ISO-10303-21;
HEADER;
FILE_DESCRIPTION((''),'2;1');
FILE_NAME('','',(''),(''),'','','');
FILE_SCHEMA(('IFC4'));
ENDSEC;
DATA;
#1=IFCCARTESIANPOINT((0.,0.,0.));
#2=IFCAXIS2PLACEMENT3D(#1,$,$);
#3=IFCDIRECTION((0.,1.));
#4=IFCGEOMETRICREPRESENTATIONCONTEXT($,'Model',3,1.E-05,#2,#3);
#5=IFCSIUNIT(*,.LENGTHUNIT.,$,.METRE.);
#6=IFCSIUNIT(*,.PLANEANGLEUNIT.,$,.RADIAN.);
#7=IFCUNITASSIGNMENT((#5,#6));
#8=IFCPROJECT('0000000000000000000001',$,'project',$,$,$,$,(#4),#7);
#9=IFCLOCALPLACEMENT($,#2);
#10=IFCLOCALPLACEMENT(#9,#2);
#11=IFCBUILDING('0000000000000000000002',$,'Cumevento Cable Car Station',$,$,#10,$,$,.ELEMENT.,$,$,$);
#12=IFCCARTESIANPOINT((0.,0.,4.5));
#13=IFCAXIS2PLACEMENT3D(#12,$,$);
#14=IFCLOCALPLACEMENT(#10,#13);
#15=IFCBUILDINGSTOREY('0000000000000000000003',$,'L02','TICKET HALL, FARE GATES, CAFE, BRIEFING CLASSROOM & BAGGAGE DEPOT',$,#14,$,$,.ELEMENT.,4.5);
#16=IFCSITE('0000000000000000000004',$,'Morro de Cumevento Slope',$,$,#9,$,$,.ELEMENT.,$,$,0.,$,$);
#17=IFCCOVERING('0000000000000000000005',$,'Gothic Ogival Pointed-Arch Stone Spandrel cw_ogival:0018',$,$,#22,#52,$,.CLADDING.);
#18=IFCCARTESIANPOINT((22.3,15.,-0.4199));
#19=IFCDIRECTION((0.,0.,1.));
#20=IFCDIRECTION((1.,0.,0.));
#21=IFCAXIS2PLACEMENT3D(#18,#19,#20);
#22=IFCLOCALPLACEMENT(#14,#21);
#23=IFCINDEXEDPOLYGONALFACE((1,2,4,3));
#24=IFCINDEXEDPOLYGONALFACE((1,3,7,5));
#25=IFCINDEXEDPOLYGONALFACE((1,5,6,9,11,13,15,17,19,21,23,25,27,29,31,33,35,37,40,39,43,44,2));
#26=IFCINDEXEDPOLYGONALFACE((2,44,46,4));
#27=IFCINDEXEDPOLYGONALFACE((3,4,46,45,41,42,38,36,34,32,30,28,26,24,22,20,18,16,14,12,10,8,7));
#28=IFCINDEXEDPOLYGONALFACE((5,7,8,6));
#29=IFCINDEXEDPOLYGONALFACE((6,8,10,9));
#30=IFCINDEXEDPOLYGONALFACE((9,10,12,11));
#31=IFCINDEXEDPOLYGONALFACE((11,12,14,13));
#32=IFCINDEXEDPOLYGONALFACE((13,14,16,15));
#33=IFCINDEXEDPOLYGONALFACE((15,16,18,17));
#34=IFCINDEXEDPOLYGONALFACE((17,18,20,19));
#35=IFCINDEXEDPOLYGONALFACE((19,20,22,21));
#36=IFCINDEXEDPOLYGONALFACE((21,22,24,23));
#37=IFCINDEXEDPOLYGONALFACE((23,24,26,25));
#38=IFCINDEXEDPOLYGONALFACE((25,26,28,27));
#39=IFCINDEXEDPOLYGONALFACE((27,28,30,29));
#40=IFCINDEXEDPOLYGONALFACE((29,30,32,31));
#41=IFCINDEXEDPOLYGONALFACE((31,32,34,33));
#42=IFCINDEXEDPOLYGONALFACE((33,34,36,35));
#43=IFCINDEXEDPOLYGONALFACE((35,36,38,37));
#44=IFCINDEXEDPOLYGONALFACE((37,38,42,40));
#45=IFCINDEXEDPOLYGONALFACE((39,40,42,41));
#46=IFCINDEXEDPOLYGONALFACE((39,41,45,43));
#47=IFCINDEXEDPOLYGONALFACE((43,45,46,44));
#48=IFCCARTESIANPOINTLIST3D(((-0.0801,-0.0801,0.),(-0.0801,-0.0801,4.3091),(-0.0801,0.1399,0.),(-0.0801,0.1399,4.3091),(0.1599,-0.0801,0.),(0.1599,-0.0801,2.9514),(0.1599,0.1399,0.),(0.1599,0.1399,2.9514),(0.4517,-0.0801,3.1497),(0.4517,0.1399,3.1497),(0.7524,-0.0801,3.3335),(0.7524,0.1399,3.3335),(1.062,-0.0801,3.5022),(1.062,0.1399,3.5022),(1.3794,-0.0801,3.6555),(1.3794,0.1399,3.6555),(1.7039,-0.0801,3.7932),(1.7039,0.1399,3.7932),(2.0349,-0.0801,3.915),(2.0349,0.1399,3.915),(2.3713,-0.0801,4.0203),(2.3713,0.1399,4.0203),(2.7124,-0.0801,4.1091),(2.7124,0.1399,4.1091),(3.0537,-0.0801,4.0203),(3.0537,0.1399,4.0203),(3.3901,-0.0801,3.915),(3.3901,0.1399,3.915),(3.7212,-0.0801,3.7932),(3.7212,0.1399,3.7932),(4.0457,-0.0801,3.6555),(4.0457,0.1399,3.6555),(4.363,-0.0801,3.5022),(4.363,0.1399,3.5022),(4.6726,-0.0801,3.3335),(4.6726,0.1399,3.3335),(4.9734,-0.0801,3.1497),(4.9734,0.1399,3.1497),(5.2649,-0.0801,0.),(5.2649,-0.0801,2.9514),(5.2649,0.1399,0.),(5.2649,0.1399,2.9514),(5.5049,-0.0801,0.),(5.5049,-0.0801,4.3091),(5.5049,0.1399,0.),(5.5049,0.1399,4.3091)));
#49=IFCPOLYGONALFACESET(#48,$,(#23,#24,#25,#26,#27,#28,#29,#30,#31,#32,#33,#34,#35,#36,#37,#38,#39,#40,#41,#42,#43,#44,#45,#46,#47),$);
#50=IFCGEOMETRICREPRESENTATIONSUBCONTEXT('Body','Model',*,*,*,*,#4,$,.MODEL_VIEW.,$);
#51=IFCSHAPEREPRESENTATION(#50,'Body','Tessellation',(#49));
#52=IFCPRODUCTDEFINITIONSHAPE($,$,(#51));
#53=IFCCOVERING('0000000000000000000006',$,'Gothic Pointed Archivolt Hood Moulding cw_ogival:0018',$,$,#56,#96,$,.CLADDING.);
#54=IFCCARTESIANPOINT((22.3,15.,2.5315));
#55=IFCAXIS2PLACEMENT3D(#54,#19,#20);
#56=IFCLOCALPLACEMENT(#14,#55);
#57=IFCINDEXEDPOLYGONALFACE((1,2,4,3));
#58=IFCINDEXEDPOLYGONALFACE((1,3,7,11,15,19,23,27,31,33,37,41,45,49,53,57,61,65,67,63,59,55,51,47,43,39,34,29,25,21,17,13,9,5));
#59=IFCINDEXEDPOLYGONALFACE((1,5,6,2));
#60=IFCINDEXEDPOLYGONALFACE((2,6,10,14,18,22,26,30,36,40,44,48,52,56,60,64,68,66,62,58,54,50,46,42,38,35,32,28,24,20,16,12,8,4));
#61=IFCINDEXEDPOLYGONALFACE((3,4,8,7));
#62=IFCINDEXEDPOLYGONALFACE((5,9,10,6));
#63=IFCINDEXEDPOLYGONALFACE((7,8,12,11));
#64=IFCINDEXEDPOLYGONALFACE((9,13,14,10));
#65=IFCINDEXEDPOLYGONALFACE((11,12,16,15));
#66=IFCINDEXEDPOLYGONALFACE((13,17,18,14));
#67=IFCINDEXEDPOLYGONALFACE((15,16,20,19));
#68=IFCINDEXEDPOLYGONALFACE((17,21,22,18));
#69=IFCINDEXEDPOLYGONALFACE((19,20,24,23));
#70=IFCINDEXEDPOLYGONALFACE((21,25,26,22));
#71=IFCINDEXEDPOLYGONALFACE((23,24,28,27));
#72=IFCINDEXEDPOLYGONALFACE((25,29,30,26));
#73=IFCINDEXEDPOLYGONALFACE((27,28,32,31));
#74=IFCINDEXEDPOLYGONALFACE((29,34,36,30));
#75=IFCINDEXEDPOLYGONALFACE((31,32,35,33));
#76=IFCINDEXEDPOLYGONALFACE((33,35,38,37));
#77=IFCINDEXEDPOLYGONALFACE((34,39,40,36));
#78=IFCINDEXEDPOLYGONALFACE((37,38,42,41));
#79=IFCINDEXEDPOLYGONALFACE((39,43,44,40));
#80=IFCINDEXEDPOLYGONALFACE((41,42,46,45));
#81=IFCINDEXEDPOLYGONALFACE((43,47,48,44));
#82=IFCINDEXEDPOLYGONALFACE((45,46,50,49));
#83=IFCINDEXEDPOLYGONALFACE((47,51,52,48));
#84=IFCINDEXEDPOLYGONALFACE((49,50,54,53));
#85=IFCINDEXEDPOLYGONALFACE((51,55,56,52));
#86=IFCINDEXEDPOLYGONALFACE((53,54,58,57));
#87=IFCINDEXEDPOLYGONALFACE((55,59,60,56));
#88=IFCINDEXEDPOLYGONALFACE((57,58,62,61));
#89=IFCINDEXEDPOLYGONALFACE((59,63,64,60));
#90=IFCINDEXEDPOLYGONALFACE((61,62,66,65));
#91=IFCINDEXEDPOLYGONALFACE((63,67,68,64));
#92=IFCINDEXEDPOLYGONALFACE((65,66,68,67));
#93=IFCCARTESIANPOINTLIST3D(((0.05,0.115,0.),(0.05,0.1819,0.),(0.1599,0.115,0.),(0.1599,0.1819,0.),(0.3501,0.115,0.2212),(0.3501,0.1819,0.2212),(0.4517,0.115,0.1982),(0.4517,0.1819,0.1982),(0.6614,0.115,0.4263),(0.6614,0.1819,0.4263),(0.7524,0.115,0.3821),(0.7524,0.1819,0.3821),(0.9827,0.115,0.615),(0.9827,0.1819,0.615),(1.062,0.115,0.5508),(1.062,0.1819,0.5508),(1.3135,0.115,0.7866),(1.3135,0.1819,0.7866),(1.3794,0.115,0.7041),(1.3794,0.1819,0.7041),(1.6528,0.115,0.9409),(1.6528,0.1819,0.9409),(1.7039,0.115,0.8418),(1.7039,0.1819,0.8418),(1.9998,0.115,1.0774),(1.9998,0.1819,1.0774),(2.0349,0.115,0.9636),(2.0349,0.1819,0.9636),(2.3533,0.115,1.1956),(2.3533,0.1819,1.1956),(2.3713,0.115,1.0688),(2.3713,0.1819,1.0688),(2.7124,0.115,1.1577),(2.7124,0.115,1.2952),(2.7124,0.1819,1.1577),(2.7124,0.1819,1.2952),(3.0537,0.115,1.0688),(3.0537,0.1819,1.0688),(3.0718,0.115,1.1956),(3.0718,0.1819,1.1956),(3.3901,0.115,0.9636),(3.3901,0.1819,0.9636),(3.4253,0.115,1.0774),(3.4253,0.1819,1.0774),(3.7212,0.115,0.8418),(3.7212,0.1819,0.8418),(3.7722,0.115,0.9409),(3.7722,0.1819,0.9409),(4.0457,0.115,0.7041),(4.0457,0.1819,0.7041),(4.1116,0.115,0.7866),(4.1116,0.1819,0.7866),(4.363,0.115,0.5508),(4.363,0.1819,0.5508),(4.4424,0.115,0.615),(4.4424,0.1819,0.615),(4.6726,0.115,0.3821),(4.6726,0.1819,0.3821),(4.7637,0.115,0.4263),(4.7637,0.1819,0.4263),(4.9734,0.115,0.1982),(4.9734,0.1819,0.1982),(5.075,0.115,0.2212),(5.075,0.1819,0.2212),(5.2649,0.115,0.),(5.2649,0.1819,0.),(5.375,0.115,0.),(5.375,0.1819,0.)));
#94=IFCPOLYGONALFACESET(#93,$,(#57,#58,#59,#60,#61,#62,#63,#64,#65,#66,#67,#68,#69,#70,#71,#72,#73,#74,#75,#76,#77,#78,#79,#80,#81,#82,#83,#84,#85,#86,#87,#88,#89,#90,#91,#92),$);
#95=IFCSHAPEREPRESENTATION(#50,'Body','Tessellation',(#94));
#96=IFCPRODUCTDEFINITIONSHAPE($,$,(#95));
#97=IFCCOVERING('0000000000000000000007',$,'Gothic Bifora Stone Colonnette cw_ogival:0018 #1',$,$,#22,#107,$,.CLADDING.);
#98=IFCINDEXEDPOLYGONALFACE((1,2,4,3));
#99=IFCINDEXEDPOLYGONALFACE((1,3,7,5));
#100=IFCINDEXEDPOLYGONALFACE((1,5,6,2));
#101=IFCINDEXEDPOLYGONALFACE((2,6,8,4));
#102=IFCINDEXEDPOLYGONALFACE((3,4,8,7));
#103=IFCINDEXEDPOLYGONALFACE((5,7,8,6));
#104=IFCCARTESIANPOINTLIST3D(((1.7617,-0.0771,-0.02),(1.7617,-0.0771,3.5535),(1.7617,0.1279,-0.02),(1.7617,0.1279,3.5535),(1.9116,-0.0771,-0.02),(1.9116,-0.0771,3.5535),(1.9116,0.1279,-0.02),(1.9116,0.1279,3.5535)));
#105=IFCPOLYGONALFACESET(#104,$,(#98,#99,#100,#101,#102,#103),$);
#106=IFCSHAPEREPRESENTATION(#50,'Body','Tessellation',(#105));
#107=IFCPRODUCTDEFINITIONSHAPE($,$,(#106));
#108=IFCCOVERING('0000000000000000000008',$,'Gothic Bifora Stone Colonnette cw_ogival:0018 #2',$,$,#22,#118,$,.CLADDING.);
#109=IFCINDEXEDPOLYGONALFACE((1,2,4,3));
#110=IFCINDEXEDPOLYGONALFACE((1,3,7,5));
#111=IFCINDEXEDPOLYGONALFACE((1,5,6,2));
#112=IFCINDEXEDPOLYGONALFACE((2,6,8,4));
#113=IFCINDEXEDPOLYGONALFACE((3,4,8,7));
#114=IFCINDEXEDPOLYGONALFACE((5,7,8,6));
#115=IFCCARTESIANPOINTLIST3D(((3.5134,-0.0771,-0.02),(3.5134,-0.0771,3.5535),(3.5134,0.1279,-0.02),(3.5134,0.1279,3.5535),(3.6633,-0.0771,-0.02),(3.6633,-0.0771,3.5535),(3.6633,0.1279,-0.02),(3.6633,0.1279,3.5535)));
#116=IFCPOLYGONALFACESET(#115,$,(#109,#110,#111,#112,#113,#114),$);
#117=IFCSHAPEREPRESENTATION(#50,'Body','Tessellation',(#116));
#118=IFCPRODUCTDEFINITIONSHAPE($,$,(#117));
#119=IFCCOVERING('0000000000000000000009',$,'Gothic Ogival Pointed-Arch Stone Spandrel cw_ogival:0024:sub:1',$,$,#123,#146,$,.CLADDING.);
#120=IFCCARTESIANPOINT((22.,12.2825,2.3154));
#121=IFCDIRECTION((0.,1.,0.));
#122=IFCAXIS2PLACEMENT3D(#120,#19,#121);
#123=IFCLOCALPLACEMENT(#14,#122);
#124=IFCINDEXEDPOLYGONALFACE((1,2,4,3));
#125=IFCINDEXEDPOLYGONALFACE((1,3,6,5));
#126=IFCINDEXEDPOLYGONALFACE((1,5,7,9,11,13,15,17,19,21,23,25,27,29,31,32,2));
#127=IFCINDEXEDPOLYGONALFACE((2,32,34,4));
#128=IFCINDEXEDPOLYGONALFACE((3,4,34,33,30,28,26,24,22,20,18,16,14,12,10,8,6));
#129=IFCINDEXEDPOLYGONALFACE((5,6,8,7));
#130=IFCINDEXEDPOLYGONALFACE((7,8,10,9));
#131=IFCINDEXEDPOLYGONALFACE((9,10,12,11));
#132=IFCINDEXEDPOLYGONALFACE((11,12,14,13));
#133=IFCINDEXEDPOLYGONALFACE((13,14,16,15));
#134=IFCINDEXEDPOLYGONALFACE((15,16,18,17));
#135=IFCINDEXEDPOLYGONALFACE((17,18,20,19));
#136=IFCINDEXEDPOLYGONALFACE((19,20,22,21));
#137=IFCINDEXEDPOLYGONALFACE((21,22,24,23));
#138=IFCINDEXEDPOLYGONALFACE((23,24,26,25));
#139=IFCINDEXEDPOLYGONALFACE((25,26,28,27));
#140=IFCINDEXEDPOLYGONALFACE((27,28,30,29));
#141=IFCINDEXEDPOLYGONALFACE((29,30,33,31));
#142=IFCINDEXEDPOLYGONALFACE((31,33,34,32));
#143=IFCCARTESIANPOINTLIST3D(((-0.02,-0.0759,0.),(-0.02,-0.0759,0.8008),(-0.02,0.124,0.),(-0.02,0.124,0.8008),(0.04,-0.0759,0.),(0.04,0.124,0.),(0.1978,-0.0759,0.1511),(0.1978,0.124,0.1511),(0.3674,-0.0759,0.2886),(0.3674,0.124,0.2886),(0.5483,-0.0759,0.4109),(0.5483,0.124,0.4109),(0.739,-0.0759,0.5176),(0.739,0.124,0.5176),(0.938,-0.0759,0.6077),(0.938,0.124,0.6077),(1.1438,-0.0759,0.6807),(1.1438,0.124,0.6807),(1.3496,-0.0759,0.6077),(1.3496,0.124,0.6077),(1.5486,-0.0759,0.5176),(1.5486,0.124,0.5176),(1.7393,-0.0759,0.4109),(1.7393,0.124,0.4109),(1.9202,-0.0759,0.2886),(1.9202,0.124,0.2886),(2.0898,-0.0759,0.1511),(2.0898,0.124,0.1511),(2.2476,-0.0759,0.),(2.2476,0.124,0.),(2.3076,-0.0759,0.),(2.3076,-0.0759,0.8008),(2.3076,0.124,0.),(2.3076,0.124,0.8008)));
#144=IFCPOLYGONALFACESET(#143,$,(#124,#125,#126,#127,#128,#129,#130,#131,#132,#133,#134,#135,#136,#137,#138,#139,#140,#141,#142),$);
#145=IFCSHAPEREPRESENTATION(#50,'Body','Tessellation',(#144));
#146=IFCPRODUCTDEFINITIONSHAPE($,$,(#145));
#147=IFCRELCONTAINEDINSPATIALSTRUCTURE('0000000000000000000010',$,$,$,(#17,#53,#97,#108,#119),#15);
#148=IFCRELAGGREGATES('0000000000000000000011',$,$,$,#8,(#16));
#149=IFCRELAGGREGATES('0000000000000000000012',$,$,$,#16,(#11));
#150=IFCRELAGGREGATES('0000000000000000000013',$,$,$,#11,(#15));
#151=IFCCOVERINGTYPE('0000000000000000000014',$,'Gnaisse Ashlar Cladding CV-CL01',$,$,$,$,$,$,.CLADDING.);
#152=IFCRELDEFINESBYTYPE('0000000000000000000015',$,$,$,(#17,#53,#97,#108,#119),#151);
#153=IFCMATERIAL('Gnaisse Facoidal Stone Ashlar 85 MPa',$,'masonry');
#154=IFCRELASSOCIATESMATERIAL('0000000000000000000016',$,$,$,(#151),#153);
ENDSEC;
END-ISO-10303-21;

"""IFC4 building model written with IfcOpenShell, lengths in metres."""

from ifc_helpers import new_model, si_unit, direction, frame, origin, place, context, subcontext, project, spatial, polyline, outline, extrude, material, type_object, element, save


model = new_model("IFC4")

# Units and contexts
model_context = context("Model", 3, precision=1e-05, world=origin(), true_north=direction((0.0, 1.0)))
body_context = subcontext(model_context, "Body", "Model", "MODEL_VIEW")
ifc_project = project(units=[si_unit("LENGTHUNIT", "METRE"), si_unit("PLANEANGLEUNIT", "RADIAN")], contexts=[model_context])

# Site, building, storey
site_placement = place(None, origin())
site = spatial("IfcSite", under=ifc_project, at=site_placement, Name="Morro de Cumevento Slope", CompositionType="ELEMENT", RefElevation=0.0)
building_placement = place(site_placement, origin())
building = spatial("IfcBuilding", under=site, at=building_placement, Name="Cumevento Cable Car Station", CompositionType="ELEMENT")
storey_placement = place(building_placement, frame((0.0, 0.0, 4.5)))
storey = spatial("IfcBuildingStorey", under=building, at=storey_placement, Name="L02", Description="TICKET HALL, FARE GATES, CAFE, BRIEFING CLASSROOM & BAGGAGE DEPOT", CompositionType="ELEMENT", Elevation=4.5)

# Coverings
ifc_material_1 = material(Name="Gnaisse Facoidal Stone Ashlar 85 MPa", Category="masonry")
covering_type = type_object("IfcCoveringType", Name="Gnaisse Ashlar Cladding CV-CL01", PredefinedType="CLADDING", material=ifc_material_1)
placement = place(storey_placement, frame((22.3, 15.0, -0.4199), z_axis=(0.0, 0.0, 1.0), x_axis=(1.0, 0.0, 0.0)))
element("IfcCovering", 1, at=placement, inside=storey, type_object=covering_type, Name="Gothic Ogival Pointed-Arch Stone Spandrel cw_ogival:0018", PredefinedType="CLADDING", context=body_context, shape_type="SweptSolid", body=[
    extrude(outline(polyline([(-0.0801, 0.0), (-0.0801, 4.3091), (5.5049, 4.3091), (5.5049, 0.0), (5.2649, 0.0), (5.2649, 2.9514), (4.9734, 3.1497), (4.6726, 3.3335), (4.363, 3.5022), (4.0457, 3.6555), (3.7212, 3.7932), (3.3901, 3.915), (3.0537, 4.0203), (2.7124, 4.1091), (2.3713, 4.0203), (2.0349, 3.915), (1.7039, 3.7932), (1.3794, 3.6555), (1.062, 3.5022), (0.7524, 3.3335), (0.4517, 3.1497), (0.1599, 2.9514), (0.1599, 0.0), (-0.0801, 0.0)])), frame((0.0, 0.1399, 0.0), z_axis=(0.0, -1.0, 0.0), x_axis=(1.0, 0.0, 0.0)), (0.0, 0.0, 1.0), 0.22),
])
covering_1_placement = place(storey_placement, frame((22.3, 15.0, 2.5315), z_axis=(0.0, 0.0, 1.0), x_axis=(1.0, 0.0, 0.0)))
element("IfcCovering", 2, at=covering_1_placement, inside=storey, type_object=covering_type, Name="Gothic Pointed Archivolt Hood Moulding cw_ogival:0018", PredefinedType="CLADDING", context=body_context, shape_type="SweptSolid", body=[
    extrude(outline(polyline([(0.1599, 0.0), (0.4517, 0.1982), (0.7524, 0.3821), (1.062, 0.5508), (1.3794, 0.7041), (1.7039, 0.8418), (2.0349, 0.9636), (2.3713, 1.0688), (2.7124, 1.1577), (3.0537, 1.0688), (3.3901, 0.9636), (3.7212, 0.8418), (4.0457, 0.7041), (4.363, 0.5508), (4.6726, 0.3821), (4.9734, 0.1982), (5.2649, 0.0), (5.375, 0.0), (5.075, 0.2212), (4.7637, 0.4263), (4.4424, 0.615), (4.1116, 0.7866), (3.7722, 0.9409), (3.4253, 1.0774), (3.0718, 1.1956), (2.7124, 1.2952), (2.3533, 1.1956), (1.9998, 1.0774), (1.6528, 0.9409), (1.3135, 0.7866), (0.9827, 0.615), (0.6614, 0.4263), (0.3501, 0.2212), (0.05, 0.0), (0.1599, 0.0)])), frame((0.0, 0.1819, 0.0), z_axis=(0.0, -1.0, 0.0), x_axis=(1.0, 0.0, 0.0)), (0.0, 0.0, 1.0), 0.0669),
])
element("IfcCovering", 3, at=placement, inside=storey, type_object=covering_type, Name="Gothic Bifora Stone Colonnette cw_ogival:0018 #1", PredefinedType="CLADDING", context=body_context, shape_type="SweptSolid", body=[
    extrude(outline(polyline([(1.7617, -0.02), (1.9116, -0.02), (1.9116, 3.5535), (1.7617, 3.5535), (1.7617, -0.02)])), frame((0.0, 0.1279, 0.0), z_axis=(0.0, -1.0, 0.0), x_axis=(1.0, 0.0, 0.0)), (0.0, 0.0, 1.0), 0.2051),
])
element("IfcCovering", 4, at=placement, inside=storey, type_object=covering_type, Name="Gothic Bifora Stone Colonnette cw_ogival:0018 #2", PredefinedType="CLADDING", context=body_context, shape_type="SweptSolid", body=[
    extrude(outline(polyline([(3.5134, -0.02), (3.6633, -0.02), (3.6633, 3.5535), (3.5134, 3.5535), (3.5134, -0.02)])), frame((0.0, 0.1279, 0.0), z_axis=(0.0, -1.0, 0.0), x_axis=(1.0, 0.0, 0.0)), (0.0, 0.0, 1.0), 0.2051),
])
covering_2_placement = place(storey_placement, frame((22.0, 12.2825, 2.3154), z_axis=(0.0, 0.0, 1.0), x_axis=(0.0, 1.0, 0.0)))
element("IfcCovering", 5, at=covering_2_placement, inside=storey, type_object=covering_type, Name="Gothic Ogival Pointed-Arch Stone Spandrel cw_ogival:0024:sub:1", PredefinedType="CLADDING", context=body_context, shape_type="SweptSolid", body=[
    extrude(outline(polyline([(-0.02, 0.0), (-0.02, 0.8008), (2.3076, 0.8008), (2.3076, 0.0), (2.2476, 0.0), (2.0898, 0.1511), (1.9202, 0.2886), (1.7393, 0.4109), (1.5486, 0.5176), (1.3496, 0.6077), (1.1438, 0.6807), (0.938, 0.6077), (0.739, 0.5176), (0.5483, 0.4109), (0.3674, 0.2886), (0.1978, 0.1511), (0.04, 0.0), (-0.02, 0.0)])), frame((0.0, 0.124, 0.0), z_axis=(0.0, -1.0, 0.0), x_axis=(1.0, 0.0, 0.0)), (0.0, 0.0, 1.0), 0.2),
])

save(model, "model.ifc")
